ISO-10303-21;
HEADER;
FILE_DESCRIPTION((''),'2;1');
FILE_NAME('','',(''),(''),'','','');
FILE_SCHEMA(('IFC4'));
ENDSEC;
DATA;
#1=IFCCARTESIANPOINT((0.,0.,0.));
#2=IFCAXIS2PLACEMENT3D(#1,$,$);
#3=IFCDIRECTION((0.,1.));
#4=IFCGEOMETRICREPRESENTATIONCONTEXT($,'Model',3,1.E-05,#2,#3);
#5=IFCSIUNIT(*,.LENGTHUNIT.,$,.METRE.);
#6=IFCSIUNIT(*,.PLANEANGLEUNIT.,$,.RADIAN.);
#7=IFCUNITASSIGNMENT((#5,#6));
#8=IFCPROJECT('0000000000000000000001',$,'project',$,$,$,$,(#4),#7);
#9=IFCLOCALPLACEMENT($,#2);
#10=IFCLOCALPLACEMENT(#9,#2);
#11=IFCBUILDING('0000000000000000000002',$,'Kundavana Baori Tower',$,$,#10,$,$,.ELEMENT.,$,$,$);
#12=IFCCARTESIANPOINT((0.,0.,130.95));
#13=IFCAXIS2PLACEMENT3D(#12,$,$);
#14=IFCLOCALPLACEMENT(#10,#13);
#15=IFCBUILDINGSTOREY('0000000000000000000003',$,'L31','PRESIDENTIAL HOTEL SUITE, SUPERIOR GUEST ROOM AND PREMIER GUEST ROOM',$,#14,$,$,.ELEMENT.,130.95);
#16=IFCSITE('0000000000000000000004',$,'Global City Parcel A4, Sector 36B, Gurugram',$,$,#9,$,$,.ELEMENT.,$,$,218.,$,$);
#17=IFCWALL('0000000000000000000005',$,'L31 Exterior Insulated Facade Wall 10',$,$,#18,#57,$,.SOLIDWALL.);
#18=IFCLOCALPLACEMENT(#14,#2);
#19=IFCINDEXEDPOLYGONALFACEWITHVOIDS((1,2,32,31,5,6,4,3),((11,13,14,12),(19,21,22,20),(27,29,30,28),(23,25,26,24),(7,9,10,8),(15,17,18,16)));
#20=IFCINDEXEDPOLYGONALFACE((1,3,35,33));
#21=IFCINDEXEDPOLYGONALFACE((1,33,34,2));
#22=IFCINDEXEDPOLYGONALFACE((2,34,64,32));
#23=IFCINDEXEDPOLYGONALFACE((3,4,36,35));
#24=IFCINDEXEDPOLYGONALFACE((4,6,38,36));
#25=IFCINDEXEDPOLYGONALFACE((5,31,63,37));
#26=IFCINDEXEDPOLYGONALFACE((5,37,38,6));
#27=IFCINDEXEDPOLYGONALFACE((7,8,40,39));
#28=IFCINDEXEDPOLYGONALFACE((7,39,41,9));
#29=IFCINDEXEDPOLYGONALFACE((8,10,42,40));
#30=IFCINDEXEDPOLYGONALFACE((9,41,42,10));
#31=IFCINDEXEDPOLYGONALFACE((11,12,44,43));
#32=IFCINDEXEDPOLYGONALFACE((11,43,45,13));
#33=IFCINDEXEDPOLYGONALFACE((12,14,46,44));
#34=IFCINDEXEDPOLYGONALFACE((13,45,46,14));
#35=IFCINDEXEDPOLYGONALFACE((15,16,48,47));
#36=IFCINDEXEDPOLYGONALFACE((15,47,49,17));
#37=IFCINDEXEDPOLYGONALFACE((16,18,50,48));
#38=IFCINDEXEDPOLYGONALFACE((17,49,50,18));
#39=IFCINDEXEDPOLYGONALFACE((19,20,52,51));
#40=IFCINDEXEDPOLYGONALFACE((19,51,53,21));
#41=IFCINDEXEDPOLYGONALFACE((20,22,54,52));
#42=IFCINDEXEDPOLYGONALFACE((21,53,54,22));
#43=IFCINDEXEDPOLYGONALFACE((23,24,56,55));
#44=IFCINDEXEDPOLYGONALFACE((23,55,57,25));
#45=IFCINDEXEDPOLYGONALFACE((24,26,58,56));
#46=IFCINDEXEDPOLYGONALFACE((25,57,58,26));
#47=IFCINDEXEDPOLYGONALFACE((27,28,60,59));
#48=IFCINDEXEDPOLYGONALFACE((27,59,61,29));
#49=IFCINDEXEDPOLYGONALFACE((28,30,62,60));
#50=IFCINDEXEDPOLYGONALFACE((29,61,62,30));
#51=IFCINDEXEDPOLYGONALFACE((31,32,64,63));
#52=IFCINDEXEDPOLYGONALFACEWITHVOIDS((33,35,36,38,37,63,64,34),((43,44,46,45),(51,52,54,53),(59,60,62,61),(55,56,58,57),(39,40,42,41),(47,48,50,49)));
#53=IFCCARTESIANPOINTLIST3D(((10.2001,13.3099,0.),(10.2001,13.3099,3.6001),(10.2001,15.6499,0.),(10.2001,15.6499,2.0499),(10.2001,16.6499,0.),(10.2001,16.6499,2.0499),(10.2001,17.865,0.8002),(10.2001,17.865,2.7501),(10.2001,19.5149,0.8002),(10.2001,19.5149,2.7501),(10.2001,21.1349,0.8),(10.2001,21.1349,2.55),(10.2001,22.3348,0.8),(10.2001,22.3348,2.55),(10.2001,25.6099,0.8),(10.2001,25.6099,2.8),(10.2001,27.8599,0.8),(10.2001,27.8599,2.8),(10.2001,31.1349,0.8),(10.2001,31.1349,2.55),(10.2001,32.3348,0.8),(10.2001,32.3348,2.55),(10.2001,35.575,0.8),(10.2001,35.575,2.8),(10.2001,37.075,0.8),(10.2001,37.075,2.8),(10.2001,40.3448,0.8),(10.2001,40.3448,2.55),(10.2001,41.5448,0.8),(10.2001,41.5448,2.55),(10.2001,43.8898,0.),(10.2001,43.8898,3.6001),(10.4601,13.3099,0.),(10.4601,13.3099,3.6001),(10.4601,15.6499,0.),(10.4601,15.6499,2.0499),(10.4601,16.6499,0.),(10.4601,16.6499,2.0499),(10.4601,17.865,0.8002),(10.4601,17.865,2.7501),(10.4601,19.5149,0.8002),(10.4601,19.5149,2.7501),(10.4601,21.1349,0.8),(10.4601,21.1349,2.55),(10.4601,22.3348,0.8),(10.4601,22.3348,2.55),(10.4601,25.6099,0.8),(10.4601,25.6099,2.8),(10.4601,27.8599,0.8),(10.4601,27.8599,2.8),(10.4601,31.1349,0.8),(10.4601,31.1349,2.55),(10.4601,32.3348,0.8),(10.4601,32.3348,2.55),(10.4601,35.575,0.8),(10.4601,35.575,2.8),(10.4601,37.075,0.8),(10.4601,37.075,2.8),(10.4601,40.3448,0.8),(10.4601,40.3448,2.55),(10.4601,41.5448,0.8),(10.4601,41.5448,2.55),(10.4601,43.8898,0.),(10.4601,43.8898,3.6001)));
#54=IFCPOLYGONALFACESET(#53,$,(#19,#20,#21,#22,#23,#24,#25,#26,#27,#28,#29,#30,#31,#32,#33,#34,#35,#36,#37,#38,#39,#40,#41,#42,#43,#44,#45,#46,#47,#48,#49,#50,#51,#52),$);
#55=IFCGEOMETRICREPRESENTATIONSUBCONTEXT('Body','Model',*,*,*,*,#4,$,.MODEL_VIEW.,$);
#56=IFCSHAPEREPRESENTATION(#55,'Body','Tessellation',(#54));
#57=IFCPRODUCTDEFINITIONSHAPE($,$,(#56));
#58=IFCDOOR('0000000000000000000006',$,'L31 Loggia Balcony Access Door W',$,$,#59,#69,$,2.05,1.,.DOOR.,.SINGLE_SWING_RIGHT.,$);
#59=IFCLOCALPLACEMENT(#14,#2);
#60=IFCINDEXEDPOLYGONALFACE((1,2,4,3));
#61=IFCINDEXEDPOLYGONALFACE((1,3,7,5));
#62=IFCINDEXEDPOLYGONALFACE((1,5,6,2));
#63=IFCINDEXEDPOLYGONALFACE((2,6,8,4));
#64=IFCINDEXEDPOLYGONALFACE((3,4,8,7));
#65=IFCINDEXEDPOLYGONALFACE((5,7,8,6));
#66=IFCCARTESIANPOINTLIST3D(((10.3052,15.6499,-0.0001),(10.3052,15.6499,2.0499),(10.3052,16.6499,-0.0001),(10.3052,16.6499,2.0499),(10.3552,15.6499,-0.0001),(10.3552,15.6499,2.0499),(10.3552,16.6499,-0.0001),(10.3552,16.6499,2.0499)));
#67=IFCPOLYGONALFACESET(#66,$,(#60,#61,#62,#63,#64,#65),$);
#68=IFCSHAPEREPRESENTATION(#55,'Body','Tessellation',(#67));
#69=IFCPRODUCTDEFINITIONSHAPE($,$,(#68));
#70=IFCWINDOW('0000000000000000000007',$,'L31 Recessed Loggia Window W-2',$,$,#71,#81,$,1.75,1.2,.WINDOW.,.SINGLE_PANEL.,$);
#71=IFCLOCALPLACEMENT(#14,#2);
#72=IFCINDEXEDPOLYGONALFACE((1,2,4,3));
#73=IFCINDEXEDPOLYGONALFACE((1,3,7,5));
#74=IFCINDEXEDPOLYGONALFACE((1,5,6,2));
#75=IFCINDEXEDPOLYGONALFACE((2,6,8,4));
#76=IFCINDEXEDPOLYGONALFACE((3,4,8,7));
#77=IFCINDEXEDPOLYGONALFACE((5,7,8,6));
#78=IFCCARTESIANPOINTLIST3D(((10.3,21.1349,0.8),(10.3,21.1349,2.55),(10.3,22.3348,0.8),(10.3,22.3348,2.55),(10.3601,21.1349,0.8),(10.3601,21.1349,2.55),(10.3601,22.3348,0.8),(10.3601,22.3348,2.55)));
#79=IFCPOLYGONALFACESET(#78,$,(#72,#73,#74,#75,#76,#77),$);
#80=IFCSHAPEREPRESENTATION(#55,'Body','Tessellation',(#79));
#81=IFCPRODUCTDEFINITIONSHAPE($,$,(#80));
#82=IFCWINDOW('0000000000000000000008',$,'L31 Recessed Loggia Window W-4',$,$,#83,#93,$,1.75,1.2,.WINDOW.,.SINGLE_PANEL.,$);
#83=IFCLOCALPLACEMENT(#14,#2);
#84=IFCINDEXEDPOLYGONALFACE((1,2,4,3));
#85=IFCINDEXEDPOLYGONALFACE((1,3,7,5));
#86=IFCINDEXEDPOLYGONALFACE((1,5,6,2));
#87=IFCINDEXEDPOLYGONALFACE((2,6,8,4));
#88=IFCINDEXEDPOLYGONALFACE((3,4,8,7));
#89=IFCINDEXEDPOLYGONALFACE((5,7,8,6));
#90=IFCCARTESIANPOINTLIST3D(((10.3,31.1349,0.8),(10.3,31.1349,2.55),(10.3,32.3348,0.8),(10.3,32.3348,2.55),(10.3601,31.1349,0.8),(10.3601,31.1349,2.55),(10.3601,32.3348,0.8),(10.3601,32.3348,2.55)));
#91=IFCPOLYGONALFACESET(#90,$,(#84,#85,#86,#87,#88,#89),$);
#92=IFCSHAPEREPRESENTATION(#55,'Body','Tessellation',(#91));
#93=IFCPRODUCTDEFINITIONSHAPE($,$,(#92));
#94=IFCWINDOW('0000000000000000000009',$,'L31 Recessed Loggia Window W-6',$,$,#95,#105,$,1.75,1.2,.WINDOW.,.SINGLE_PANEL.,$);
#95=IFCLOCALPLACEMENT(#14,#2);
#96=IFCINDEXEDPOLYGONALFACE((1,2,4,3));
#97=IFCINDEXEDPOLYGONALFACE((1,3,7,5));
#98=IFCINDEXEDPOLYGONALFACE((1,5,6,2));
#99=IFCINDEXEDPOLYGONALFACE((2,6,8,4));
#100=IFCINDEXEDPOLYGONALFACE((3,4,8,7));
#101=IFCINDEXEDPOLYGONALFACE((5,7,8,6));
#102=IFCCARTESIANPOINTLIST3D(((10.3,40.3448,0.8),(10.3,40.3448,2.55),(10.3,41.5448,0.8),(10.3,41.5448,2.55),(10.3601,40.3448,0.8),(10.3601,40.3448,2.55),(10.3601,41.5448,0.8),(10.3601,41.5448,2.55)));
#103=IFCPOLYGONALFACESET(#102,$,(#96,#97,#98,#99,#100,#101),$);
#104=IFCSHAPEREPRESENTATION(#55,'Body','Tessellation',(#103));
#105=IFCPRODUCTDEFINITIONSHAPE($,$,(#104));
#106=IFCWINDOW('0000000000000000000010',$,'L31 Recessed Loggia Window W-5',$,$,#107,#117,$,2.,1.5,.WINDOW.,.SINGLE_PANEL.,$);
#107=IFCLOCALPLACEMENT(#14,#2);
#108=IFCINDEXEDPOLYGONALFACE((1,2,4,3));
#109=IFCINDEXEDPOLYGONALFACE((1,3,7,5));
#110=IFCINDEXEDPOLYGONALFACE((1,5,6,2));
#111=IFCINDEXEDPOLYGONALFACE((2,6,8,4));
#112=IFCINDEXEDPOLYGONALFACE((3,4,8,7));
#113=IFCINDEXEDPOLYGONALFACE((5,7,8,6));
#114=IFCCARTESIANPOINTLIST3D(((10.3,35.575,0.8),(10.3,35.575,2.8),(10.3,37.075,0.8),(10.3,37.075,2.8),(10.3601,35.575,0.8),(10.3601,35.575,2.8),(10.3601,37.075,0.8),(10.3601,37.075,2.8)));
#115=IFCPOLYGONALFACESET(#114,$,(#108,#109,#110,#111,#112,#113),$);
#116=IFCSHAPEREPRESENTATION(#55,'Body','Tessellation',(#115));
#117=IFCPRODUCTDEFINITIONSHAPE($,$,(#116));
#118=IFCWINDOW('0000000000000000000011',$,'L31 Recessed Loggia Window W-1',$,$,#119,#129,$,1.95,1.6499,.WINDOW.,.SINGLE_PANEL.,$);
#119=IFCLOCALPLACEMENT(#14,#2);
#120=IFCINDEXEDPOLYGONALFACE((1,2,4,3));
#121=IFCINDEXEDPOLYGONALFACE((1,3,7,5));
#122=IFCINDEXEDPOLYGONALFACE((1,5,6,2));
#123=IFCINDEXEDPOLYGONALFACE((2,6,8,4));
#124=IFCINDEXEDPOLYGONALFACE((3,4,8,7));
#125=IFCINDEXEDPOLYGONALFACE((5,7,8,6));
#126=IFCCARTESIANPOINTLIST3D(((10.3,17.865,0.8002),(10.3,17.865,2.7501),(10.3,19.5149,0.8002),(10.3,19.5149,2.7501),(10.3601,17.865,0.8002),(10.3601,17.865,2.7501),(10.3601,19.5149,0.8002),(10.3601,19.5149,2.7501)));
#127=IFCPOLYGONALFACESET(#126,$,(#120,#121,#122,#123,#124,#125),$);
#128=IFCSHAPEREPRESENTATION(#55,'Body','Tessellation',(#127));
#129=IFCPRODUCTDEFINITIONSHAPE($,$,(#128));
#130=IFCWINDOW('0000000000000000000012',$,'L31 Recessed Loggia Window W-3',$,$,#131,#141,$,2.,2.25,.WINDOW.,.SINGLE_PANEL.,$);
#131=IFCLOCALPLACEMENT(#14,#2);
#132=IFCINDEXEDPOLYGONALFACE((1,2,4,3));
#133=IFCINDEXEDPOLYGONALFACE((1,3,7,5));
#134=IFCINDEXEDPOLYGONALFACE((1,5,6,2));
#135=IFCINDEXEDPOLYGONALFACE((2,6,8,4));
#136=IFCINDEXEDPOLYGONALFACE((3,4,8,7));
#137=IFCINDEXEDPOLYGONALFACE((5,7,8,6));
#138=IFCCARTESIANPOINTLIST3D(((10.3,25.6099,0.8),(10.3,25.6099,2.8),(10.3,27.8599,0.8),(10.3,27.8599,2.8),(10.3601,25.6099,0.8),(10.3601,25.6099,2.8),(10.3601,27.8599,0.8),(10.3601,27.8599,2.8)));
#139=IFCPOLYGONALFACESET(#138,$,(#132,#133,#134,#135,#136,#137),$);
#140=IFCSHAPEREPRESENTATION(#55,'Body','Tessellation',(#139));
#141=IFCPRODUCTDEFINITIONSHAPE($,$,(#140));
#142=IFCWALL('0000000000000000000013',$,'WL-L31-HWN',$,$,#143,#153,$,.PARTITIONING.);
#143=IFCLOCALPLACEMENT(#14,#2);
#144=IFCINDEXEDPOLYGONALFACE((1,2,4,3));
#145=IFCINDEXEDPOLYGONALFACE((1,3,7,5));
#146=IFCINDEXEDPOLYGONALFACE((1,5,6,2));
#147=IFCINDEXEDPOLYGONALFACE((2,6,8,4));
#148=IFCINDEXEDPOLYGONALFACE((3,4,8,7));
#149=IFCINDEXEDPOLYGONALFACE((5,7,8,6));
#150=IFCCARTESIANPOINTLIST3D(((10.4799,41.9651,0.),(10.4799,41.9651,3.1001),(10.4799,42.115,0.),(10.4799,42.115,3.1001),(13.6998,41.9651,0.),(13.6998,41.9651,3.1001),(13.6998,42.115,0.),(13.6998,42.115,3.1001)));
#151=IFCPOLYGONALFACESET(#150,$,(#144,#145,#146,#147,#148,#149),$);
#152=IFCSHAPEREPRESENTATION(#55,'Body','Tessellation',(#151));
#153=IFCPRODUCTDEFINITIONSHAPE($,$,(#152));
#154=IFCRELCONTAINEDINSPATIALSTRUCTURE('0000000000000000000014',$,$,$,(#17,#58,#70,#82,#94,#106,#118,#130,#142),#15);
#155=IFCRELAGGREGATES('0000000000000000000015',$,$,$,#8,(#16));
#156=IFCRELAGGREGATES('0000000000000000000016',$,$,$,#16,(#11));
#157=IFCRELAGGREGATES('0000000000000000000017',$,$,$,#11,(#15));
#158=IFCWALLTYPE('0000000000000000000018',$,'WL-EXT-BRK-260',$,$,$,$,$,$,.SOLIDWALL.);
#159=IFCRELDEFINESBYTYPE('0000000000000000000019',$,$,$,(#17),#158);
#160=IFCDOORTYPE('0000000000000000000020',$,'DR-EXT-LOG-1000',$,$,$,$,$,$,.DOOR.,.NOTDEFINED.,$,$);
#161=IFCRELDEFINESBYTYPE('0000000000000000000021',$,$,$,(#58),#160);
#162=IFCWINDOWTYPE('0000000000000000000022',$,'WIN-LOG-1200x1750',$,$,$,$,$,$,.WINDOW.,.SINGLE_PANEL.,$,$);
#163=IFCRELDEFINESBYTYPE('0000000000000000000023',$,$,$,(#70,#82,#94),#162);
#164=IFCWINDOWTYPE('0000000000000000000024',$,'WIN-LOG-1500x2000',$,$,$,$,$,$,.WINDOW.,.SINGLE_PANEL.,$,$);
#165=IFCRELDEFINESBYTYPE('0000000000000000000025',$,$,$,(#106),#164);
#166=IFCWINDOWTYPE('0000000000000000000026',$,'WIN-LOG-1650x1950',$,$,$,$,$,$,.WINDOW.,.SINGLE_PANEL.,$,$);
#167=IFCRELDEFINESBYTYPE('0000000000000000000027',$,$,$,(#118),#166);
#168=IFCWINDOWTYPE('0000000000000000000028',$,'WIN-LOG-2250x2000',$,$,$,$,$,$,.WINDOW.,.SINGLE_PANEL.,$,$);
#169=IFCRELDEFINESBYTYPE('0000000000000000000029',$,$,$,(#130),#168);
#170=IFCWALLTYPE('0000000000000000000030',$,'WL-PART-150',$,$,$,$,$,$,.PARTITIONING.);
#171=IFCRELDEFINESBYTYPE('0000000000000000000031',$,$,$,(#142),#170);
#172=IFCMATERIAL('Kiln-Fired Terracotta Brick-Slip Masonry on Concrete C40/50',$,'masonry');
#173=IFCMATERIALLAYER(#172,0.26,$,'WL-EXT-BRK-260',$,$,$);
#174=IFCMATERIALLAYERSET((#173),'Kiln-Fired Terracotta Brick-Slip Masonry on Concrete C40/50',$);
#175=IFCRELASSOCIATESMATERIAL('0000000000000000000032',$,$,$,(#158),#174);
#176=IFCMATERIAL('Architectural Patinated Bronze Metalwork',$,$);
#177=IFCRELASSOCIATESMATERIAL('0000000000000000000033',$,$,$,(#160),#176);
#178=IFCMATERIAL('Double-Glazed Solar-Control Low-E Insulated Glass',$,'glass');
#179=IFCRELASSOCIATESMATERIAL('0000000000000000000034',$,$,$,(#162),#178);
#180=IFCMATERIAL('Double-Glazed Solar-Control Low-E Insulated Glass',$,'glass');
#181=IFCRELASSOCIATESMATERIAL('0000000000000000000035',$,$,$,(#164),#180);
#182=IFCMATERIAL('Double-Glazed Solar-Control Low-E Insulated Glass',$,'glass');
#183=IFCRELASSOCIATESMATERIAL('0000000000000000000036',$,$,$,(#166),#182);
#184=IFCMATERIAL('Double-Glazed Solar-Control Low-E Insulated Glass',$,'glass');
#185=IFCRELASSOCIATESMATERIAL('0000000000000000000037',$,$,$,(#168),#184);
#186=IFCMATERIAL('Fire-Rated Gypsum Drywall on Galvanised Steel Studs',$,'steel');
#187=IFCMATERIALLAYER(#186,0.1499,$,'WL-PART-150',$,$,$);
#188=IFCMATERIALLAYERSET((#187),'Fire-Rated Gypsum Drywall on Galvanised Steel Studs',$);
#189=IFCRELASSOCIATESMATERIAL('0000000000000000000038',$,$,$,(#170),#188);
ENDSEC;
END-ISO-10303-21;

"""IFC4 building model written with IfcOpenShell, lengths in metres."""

from ifc_helpers import new_model, si_unit, direction, frame, frame_2d, origin, place, context, subcontext, project, spatial, rectangle, extrude, material, layer, layer_set, type_object, element, fill, save


model = new_model("IFC4")

# Units and contexts
model_context = context("Model", 3, precision=1e-05, world=origin(), true_north=direction((0.0, 1.0)))
body_context = subcontext(model_context, "Body", "Model", "MODEL_VIEW")
ifc_project = project(units=[si_unit("LENGTHUNIT", "METRE"), si_unit("PLANEANGLEUNIT", "RADIAN")], contexts=[model_context])

# Site, building, storey
site_placement = place(None, origin())
site = spatial("IfcSite", under=ifc_project, at=site_placement, Name="Global City Parcel A4, Sector 36B, Gurugram", CompositionType="ELEMENT", RefElevation=218.0)
building_placement = place(site_placement, origin())
building = spatial("IfcBuilding", under=site, at=building_placement, Name="Kundavana Baori Tower", CompositionType="ELEMENT")
storey_placement = place(building_placement, frame((0.0, 0.0, 130.95)))
storey = spatial("IfcBuildingStorey", under=building, at=storey_placement, Name="L31", Description="PRESIDENTIAL HOTEL SUITE, SUPERIOR GUEST ROOM AND PREMIER GUEST ROOM", CompositionType="ELEMENT", Elevation=130.95)

# Shared definitions
ifc_material_1 = material(Name="Kiln-Fired Terracotta Brick-Slip Masonry on Concrete C40/50", Category="masonry")
ifc_layer_1 = layer(ifc_material_1, 0.26, Name="WL-EXT-BRK-260")
ifc_layer_set_1 = layer_set([ifc_layer_1], Name="Kiln-Fired Terracotta Brick-Slip Masonry on Concrete C40/50")
wall_type_1 = type_object("IfcWallType", Name="WL-EXT-BRK-260", PredefinedType="SOLIDWALL", material=ifc_layer_set_1)

# Wall, openings, door, windows
wall_1_placement = place(storey_placement, frame((10.3301, 43.8899, 0.0), z_axis=(0.0, 0.0, 1.0), x_axis=(0.0, -1.0, 0.0)))
wall_1 = element("IfcWall", 1, at=wall_1_placement, inside=storey, type_object=wall_type_1, Name="L31 Exterior Insulated Facade Wall 10", PredefinedType="SOLIDWALL", context=body_context, shape_type="SweptSolid", body=[
    extrude(rectangle(XDim=30.5798, YDim=0.26, at=frame_2d((15.29, 0.0))), origin(), (0.0, 0.0, 1.0), 3.6001),
])
opening_1_placement = place(wall_1_placement, frame((27.24, 0.0, 0.0)))
opening_1 = element("IfcOpeningElement", 2, at=opening_1_placement, cuts=wall_1, PredefinedType="OPENING", context=body_context, shape_type="SweptSolid", body=[
    extrude(rectangle(XDim=1.0, YDim=2.05, at=frame_2d((0.5, 1.0249))), frame((0.0, 0.1401, 0.0), z_axis=(0.0, -1.0, 0.0), x_axis=(1.0, 0.0, 0.0)), (0.0, 0.0, 1.0), 0.28),
])
opening_2_placement = place(wall_1_placement, frame((24.375, 0.0, 0.8)))
opening_2 = element("IfcOpeningElement", 3, at=opening_2_placement, cuts=wall_1, PredefinedType="OPENING", context=body_context, shape_type="SweptSolid", body=[
    extrude(rectangle(XDim=1.6499, YDim=1.95, at=frame_2d((0.825, 0.9751))), frame((0.0, 0.1401, 0.0), z_axis=(0.0, -1.0, 0.0), x_axis=(1.0, 0.0, 0.0)), (0.0, 0.0, 1.0), 0.28),
])
opening_3_placement = place(wall_1_placement, frame((21.5549, 0.0, 0.8)))
opening_3 = element("IfcOpeningElement", 4, at=opening_3_placement, cuts=wall_1, PredefinedType="OPENING", context=body_context, shape_type="SweptSolid", body=[
    extrude(rectangle(XDim=1.2, YDim=1.75, at=frame_2d((0.6001, 0.875))), frame((0.0, 0.1401, 0.0), z_axis=(0.0, -1.0, 0.0), x_axis=(1.0, 0.0, 0.0)), (0.0, 0.0, 1.0), 0.28),
])
opening_4_placement = place(wall_1_placement, frame((16.03, 0.0, 0.8)))
opening_4 = element("IfcOpeningElement", 5, at=opening_4_placement, cuts=wall_1, PredefinedType="OPENING", context=body_context, shape_type="SweptSolid", body=[
    extrude(rectangle(XDim=2.25, YDim=2.0, at=frame_2d((1.125, 1.0))), frame((0.0, 0.1401, 0.0), z_axis=(0.0, -1.0, 0.0), x_axis=(1.0, 0.0, 0.0)), (0.0, 0.0, 1.0), 0.28),
])
opening_5_placement = place(wall_1_placement, frame((11.5549, 0.0, 0.8)))
opening_5 = element("IfcOpeningElement", 6, at=opening_5_placement, cuts=wall_1, PredefinedType="OPENING", context=body_context, shape_type="SweptSolid", body=[
    extrude(rectangle(XDim=1.2, YDim=1.75, at=frame_2d((0.6001, 0.875))), frame((0.0, 0.1401, 0.0), z_axis=(0.0, -1.0, 0.0), x_axis=(1.0, 0.0, 0.0)), (0.0, 0.0, 1.0), 0.28),
])
opening_6_placement = place(wall_1_placement, frame((6.8149, 0.0, 0.8)))
opening_6 = element("IfcOpeningElement", 7, at=opening_6_placement, cuts=wall_1, PredefinedType="OPENING", context=body_context, shape_type="SweptSolid", body=[
    extrude(rectangle(XDim=1.5, YDim=2.0, at=frame_2d((0.75, 1.0))), frame((0.0, 0.1401, 0.0), z_axis=(0.0, -1.0, 0.0), x_axis=(1.0, 0.0, 0.0)), (0.0, 0.0, 1.0), 0.28),
])
opening_7_placement = place(wall_1_placement, frame((2.345, 0.0, 0.8)))
opening_7 = element("IfcOpeningElement", 8, at=opening_7_placement, cuts=wall_1, PredefinedType="OPENING", context=body_context, shape_type="SweptSolid", body=[
    extrude(rectangle(XDim=1.2, YDim=1.75, at=frame_2d((0.6001, 0.875))), frame((0.0, 0.1401, 0.0), z_axis=(0.0, -1.0, 0.0), x_axis=(1.0, 0.0, 0.0)), (0.0, 0.0, 1.0), 0.28),
])
ifc_material_2 = material(Name="Architectural Patinated Bronze Metalwork")
door_type_1 = type_object("IfcDoorType", Name="DR-EXT-LOG-1000", OperationType="NOTDEFINED", PredefinedType="DOOR", material=ifc_material_2)
door_1_placement = place(opening_1_placement, frame((1.0, 0.0, 0.0), z_axis=(0.0, 0.0, 1.0), x_axis=(-1.0, 0.0, 0.0)))
door_1 = element("IfcDoor", 9, at=door_1_placement, inside=storey, type_object=door_type_1, Name="L31 Loggia Balcony Access Door W", OperationType="SINGLE_SWING_RIGHT", OverallHeight=2.05, OverallWidth=1.0, PredefinedType="DOOR", context=body_context, shape_type="SweptSolid", body=[
    extrude(rectangle(XDim=1.0, YDim=2.05, at=frame_2d((0.5, 1.0249))), frame((0.0, 0.0249, 0.0), z_axis=(0.0, -1.0, 0.0), x_axis=(1.0, 0.0, 0.0)), (0.0, 0.0, 1.0), 0.05),
])
fill(opening_1, door_1)
ifc_material_3 = material(Name="Double-Glazed Solar-Control Low-E Insulated Glass", Category="glass")
window_type_1 = type_object("IfcWindowType", Name="WIN-LOG-1200x1750", PartitioningType="SINGLE_PANEL", PredefinedType="WINDOW", material=ifc_material_3)
window_1_placement = place(opening_3_placement, origin())
window_1 = element("IfcWindow", 10, at=window_1_placement, inside=storey, type_object=window_type_1, Name="L31 Recessed Loggia Window W-2", OverallHeight=1.75, OverallWidth=1.2, PartitioningType="SINGLE_PANEL", PredefinedType="WINDOW", context=body_context, shape_type="SweptSolid", body=[
    extrude(rectangle(XDim=1.2, YDim=1.75, at=frame_2d((0.6001, 0.875))), frame((0.0, 0.03, 0.0), z_axis=(0.0, -1.0, 0.0), x_axis=(1.0, 0.0, 0.0)), (0.0, 0.0, 1.0), 0.0601),
])
fill(opening_3, window_1)
window_2_placement = place(opening_5_placement, origin())
window_2 = element("IfcWindow", 11, at=window_2_placement, inside=storey, type_object=window_type_1, Name="L31 Recessed Loggia Window W-4", OverallHeight=1.75, OverallWidth=1.2, PartitioningType="SINGLE_PANEL", PredefinedType="WINDOW", context=body_context, shape_type="SweptSolid", body=[
    extrude(rectangle(XDim=1.2, YDim=1.75, at=frame_2d((0.6001, 0.875))), frame((0.0, 0.03, 0.0), z_axis=(0.0, -1.0, 0.0), x_axis=(1.0, 0.0, 0.0)), (0.0, 0.0, 1.0), 0.0601),
])
fill(opening_5, window_2)
window_3_placement = place(opening_7_placement, origin())
window_3 = element("IfcWindow", 12, at=window_3_placement, inside=storey, type_object=window_type_1, Name="L31 Recessed Loggia Window W-6", OverallHeight=1.75, OverallWidth=1.2, PartitioningType="SINGLE_PANEL", PredefinedType="WINDOW", context=body_context, shape_type="SweptSolid", body=[
    extrude(rectangle(XDim=1.2, YDim=1.75, at=frame_2d((0.6001, 0.875))), frame((0.0, 0.03, 0.0), z_axis=(0.0, -1.0, 0.0), x_axis=(1.0, 0.0, 0.0)), (0.0, 0.0, 1.0), 0.0601),
])
fill(opening_7, window_3)
ifc_material_4 = material(Name="Double-Glazed Solar-Control Low-E Insulated Glass", Category="glass")
window_type_2 = type_object("IfcWindowType", Name="WIN-LOG-1500x2000", PartitioningType="SINGLE_PANEL", PredefinedType="WINDOW", material=ifc_material_4)
window_4_placement = place(opening_6_placement, origin())
window_4 = element("IfcWindow", 13, at=window_4_placement, inside=storey, type_object=window_type_2, Name="L31 Recessed Loggia Window W-5", OverallHeight=2.0, OverallWidth=1.5, PartitioningType="SINGLE_PANEL", PredefinedType="WINDOW", context=body_context, shape_type="SweptSolid", body=[
    extrude(rectangle(XDim=1.5, YDim=2.0, at=frame_2d((0.75, 1.0))), frame((0.0, 0.03, 0.0), z_axis=(0.0, -1.0, 0.0), x_axis=(1.0, 0.0, 0.0)), (0.0, 0.0, 1.0), 0.0601),
])
fill(opening_6, window_4)
ifc_material_5 = material(Name="Double-Glazed Solar-Control Low-E Insulated Glass", Category="glass")
window_type_3 = type_object("IfcWindowType", Name="WIN-LOG-1650x1950", PartitioningType="SINGLE_PANEL", PredefinedType="WINDOW", material=ifc_material_5)
window_5_placement = place(opening_2_placement, origin())
window_5 = element("IfcWindow", 14, at=window_5_placement, inside=storey, type_object=window_type_3, Name="L31 Recessed Loggia Window W-1", OverallHeight=1.95, OverallWidth=1.6499, PartitioningType="SINGLE_PANEL", PredefinedType="WINDOW", context=body_context, shape_type="SweptSolid", body=[
    extrude(rectangle(XDim=1.6499, YDim=1.95, at=frame_2d((0.825, 0.9751))), frame((0.0, 0.03, 0.0), z_axis=(0.0, -1.0, 0.0), x_axis=(1.0, 0.0, 0.0)), (0.0, 0.0, 1.0), 0.0601),
])
fill(opening_2, window_5)
ifc_material_6 = material(Name="Double-Glazed Solar-Control Low-E Insulated Glass", Category="glass")
window_type_4 = type_object("IfcWindowType", Name="WIN-LOG-2250x2000", PartitioningType="SINGLE_PANEL", PredefinedType="WINDOW", material=ifc_material_6)
window_6_placement = place(opening_4_placement, origin())
window_6 = element("IfcWindow", 15, at=window_6_placement, inside=storey, type_object=window_type_4, Name="L31 Recessed Loggia Window W-3", OverallHeight=2.0, OverallWidth=2.25, PartitioningType="SINGLE_PANEL", PredefinedType="WINDOW", context=body_context, shape_type="SweptSolid", body=[
    extrude(rectangle(XDim=2.25, YDim=2.0, at=frame_2d((1.125, 1.0))), frame((0.0, 0.03, 0.0), z_axis=(0.0, -1.0, 0.0), x_axis=(1.0, 0.0, 0.0)), (0.0, 0.0, 1.0), 0.0601),
])
fill(opening_4, window_6)

# Wall
ifc_material_7 = material(Name="Fire-Rated Gypsum Drywall on Galvanised Steel Studs", Category="steel")
ifc_layer_2 = layer(ifc_material_7, 0.1499, Name="WL-PART-150")
ifc_layer_set_2 = layer_set([ifc_layer_2], Name="Fire-Rated Gypsum Drywall on Galvanised Steel Studs")
wall_type_2 = type_object("IfcWallType", Name="WL-PART-150", PredefinedType="PARTITIONING", material=ifc_layer_set_2)
wall_2_placement = place(storey_placement, frame((10.48, 42.04, 0.0), z_axis=(0.0, 0.0, 1.0), x_axis=(1.0, 0.0, 0.0)))
element("IfcWall", 16, at=wall_2_placement, inside=storey, type_object=wall_type_2, Name="WL-L31-HWN", PredefinedType="PARTITIONING", context=body_context, shape_type="SweptSolid", body=[
    extrude(rectangle(XDim=3.22, YDim=0.1499, at=frame_2d((1.6099, 0.0))), origin(), (0.0, 0.0, 1.0), 3.1001),
])

save(model, "model.ifc")
